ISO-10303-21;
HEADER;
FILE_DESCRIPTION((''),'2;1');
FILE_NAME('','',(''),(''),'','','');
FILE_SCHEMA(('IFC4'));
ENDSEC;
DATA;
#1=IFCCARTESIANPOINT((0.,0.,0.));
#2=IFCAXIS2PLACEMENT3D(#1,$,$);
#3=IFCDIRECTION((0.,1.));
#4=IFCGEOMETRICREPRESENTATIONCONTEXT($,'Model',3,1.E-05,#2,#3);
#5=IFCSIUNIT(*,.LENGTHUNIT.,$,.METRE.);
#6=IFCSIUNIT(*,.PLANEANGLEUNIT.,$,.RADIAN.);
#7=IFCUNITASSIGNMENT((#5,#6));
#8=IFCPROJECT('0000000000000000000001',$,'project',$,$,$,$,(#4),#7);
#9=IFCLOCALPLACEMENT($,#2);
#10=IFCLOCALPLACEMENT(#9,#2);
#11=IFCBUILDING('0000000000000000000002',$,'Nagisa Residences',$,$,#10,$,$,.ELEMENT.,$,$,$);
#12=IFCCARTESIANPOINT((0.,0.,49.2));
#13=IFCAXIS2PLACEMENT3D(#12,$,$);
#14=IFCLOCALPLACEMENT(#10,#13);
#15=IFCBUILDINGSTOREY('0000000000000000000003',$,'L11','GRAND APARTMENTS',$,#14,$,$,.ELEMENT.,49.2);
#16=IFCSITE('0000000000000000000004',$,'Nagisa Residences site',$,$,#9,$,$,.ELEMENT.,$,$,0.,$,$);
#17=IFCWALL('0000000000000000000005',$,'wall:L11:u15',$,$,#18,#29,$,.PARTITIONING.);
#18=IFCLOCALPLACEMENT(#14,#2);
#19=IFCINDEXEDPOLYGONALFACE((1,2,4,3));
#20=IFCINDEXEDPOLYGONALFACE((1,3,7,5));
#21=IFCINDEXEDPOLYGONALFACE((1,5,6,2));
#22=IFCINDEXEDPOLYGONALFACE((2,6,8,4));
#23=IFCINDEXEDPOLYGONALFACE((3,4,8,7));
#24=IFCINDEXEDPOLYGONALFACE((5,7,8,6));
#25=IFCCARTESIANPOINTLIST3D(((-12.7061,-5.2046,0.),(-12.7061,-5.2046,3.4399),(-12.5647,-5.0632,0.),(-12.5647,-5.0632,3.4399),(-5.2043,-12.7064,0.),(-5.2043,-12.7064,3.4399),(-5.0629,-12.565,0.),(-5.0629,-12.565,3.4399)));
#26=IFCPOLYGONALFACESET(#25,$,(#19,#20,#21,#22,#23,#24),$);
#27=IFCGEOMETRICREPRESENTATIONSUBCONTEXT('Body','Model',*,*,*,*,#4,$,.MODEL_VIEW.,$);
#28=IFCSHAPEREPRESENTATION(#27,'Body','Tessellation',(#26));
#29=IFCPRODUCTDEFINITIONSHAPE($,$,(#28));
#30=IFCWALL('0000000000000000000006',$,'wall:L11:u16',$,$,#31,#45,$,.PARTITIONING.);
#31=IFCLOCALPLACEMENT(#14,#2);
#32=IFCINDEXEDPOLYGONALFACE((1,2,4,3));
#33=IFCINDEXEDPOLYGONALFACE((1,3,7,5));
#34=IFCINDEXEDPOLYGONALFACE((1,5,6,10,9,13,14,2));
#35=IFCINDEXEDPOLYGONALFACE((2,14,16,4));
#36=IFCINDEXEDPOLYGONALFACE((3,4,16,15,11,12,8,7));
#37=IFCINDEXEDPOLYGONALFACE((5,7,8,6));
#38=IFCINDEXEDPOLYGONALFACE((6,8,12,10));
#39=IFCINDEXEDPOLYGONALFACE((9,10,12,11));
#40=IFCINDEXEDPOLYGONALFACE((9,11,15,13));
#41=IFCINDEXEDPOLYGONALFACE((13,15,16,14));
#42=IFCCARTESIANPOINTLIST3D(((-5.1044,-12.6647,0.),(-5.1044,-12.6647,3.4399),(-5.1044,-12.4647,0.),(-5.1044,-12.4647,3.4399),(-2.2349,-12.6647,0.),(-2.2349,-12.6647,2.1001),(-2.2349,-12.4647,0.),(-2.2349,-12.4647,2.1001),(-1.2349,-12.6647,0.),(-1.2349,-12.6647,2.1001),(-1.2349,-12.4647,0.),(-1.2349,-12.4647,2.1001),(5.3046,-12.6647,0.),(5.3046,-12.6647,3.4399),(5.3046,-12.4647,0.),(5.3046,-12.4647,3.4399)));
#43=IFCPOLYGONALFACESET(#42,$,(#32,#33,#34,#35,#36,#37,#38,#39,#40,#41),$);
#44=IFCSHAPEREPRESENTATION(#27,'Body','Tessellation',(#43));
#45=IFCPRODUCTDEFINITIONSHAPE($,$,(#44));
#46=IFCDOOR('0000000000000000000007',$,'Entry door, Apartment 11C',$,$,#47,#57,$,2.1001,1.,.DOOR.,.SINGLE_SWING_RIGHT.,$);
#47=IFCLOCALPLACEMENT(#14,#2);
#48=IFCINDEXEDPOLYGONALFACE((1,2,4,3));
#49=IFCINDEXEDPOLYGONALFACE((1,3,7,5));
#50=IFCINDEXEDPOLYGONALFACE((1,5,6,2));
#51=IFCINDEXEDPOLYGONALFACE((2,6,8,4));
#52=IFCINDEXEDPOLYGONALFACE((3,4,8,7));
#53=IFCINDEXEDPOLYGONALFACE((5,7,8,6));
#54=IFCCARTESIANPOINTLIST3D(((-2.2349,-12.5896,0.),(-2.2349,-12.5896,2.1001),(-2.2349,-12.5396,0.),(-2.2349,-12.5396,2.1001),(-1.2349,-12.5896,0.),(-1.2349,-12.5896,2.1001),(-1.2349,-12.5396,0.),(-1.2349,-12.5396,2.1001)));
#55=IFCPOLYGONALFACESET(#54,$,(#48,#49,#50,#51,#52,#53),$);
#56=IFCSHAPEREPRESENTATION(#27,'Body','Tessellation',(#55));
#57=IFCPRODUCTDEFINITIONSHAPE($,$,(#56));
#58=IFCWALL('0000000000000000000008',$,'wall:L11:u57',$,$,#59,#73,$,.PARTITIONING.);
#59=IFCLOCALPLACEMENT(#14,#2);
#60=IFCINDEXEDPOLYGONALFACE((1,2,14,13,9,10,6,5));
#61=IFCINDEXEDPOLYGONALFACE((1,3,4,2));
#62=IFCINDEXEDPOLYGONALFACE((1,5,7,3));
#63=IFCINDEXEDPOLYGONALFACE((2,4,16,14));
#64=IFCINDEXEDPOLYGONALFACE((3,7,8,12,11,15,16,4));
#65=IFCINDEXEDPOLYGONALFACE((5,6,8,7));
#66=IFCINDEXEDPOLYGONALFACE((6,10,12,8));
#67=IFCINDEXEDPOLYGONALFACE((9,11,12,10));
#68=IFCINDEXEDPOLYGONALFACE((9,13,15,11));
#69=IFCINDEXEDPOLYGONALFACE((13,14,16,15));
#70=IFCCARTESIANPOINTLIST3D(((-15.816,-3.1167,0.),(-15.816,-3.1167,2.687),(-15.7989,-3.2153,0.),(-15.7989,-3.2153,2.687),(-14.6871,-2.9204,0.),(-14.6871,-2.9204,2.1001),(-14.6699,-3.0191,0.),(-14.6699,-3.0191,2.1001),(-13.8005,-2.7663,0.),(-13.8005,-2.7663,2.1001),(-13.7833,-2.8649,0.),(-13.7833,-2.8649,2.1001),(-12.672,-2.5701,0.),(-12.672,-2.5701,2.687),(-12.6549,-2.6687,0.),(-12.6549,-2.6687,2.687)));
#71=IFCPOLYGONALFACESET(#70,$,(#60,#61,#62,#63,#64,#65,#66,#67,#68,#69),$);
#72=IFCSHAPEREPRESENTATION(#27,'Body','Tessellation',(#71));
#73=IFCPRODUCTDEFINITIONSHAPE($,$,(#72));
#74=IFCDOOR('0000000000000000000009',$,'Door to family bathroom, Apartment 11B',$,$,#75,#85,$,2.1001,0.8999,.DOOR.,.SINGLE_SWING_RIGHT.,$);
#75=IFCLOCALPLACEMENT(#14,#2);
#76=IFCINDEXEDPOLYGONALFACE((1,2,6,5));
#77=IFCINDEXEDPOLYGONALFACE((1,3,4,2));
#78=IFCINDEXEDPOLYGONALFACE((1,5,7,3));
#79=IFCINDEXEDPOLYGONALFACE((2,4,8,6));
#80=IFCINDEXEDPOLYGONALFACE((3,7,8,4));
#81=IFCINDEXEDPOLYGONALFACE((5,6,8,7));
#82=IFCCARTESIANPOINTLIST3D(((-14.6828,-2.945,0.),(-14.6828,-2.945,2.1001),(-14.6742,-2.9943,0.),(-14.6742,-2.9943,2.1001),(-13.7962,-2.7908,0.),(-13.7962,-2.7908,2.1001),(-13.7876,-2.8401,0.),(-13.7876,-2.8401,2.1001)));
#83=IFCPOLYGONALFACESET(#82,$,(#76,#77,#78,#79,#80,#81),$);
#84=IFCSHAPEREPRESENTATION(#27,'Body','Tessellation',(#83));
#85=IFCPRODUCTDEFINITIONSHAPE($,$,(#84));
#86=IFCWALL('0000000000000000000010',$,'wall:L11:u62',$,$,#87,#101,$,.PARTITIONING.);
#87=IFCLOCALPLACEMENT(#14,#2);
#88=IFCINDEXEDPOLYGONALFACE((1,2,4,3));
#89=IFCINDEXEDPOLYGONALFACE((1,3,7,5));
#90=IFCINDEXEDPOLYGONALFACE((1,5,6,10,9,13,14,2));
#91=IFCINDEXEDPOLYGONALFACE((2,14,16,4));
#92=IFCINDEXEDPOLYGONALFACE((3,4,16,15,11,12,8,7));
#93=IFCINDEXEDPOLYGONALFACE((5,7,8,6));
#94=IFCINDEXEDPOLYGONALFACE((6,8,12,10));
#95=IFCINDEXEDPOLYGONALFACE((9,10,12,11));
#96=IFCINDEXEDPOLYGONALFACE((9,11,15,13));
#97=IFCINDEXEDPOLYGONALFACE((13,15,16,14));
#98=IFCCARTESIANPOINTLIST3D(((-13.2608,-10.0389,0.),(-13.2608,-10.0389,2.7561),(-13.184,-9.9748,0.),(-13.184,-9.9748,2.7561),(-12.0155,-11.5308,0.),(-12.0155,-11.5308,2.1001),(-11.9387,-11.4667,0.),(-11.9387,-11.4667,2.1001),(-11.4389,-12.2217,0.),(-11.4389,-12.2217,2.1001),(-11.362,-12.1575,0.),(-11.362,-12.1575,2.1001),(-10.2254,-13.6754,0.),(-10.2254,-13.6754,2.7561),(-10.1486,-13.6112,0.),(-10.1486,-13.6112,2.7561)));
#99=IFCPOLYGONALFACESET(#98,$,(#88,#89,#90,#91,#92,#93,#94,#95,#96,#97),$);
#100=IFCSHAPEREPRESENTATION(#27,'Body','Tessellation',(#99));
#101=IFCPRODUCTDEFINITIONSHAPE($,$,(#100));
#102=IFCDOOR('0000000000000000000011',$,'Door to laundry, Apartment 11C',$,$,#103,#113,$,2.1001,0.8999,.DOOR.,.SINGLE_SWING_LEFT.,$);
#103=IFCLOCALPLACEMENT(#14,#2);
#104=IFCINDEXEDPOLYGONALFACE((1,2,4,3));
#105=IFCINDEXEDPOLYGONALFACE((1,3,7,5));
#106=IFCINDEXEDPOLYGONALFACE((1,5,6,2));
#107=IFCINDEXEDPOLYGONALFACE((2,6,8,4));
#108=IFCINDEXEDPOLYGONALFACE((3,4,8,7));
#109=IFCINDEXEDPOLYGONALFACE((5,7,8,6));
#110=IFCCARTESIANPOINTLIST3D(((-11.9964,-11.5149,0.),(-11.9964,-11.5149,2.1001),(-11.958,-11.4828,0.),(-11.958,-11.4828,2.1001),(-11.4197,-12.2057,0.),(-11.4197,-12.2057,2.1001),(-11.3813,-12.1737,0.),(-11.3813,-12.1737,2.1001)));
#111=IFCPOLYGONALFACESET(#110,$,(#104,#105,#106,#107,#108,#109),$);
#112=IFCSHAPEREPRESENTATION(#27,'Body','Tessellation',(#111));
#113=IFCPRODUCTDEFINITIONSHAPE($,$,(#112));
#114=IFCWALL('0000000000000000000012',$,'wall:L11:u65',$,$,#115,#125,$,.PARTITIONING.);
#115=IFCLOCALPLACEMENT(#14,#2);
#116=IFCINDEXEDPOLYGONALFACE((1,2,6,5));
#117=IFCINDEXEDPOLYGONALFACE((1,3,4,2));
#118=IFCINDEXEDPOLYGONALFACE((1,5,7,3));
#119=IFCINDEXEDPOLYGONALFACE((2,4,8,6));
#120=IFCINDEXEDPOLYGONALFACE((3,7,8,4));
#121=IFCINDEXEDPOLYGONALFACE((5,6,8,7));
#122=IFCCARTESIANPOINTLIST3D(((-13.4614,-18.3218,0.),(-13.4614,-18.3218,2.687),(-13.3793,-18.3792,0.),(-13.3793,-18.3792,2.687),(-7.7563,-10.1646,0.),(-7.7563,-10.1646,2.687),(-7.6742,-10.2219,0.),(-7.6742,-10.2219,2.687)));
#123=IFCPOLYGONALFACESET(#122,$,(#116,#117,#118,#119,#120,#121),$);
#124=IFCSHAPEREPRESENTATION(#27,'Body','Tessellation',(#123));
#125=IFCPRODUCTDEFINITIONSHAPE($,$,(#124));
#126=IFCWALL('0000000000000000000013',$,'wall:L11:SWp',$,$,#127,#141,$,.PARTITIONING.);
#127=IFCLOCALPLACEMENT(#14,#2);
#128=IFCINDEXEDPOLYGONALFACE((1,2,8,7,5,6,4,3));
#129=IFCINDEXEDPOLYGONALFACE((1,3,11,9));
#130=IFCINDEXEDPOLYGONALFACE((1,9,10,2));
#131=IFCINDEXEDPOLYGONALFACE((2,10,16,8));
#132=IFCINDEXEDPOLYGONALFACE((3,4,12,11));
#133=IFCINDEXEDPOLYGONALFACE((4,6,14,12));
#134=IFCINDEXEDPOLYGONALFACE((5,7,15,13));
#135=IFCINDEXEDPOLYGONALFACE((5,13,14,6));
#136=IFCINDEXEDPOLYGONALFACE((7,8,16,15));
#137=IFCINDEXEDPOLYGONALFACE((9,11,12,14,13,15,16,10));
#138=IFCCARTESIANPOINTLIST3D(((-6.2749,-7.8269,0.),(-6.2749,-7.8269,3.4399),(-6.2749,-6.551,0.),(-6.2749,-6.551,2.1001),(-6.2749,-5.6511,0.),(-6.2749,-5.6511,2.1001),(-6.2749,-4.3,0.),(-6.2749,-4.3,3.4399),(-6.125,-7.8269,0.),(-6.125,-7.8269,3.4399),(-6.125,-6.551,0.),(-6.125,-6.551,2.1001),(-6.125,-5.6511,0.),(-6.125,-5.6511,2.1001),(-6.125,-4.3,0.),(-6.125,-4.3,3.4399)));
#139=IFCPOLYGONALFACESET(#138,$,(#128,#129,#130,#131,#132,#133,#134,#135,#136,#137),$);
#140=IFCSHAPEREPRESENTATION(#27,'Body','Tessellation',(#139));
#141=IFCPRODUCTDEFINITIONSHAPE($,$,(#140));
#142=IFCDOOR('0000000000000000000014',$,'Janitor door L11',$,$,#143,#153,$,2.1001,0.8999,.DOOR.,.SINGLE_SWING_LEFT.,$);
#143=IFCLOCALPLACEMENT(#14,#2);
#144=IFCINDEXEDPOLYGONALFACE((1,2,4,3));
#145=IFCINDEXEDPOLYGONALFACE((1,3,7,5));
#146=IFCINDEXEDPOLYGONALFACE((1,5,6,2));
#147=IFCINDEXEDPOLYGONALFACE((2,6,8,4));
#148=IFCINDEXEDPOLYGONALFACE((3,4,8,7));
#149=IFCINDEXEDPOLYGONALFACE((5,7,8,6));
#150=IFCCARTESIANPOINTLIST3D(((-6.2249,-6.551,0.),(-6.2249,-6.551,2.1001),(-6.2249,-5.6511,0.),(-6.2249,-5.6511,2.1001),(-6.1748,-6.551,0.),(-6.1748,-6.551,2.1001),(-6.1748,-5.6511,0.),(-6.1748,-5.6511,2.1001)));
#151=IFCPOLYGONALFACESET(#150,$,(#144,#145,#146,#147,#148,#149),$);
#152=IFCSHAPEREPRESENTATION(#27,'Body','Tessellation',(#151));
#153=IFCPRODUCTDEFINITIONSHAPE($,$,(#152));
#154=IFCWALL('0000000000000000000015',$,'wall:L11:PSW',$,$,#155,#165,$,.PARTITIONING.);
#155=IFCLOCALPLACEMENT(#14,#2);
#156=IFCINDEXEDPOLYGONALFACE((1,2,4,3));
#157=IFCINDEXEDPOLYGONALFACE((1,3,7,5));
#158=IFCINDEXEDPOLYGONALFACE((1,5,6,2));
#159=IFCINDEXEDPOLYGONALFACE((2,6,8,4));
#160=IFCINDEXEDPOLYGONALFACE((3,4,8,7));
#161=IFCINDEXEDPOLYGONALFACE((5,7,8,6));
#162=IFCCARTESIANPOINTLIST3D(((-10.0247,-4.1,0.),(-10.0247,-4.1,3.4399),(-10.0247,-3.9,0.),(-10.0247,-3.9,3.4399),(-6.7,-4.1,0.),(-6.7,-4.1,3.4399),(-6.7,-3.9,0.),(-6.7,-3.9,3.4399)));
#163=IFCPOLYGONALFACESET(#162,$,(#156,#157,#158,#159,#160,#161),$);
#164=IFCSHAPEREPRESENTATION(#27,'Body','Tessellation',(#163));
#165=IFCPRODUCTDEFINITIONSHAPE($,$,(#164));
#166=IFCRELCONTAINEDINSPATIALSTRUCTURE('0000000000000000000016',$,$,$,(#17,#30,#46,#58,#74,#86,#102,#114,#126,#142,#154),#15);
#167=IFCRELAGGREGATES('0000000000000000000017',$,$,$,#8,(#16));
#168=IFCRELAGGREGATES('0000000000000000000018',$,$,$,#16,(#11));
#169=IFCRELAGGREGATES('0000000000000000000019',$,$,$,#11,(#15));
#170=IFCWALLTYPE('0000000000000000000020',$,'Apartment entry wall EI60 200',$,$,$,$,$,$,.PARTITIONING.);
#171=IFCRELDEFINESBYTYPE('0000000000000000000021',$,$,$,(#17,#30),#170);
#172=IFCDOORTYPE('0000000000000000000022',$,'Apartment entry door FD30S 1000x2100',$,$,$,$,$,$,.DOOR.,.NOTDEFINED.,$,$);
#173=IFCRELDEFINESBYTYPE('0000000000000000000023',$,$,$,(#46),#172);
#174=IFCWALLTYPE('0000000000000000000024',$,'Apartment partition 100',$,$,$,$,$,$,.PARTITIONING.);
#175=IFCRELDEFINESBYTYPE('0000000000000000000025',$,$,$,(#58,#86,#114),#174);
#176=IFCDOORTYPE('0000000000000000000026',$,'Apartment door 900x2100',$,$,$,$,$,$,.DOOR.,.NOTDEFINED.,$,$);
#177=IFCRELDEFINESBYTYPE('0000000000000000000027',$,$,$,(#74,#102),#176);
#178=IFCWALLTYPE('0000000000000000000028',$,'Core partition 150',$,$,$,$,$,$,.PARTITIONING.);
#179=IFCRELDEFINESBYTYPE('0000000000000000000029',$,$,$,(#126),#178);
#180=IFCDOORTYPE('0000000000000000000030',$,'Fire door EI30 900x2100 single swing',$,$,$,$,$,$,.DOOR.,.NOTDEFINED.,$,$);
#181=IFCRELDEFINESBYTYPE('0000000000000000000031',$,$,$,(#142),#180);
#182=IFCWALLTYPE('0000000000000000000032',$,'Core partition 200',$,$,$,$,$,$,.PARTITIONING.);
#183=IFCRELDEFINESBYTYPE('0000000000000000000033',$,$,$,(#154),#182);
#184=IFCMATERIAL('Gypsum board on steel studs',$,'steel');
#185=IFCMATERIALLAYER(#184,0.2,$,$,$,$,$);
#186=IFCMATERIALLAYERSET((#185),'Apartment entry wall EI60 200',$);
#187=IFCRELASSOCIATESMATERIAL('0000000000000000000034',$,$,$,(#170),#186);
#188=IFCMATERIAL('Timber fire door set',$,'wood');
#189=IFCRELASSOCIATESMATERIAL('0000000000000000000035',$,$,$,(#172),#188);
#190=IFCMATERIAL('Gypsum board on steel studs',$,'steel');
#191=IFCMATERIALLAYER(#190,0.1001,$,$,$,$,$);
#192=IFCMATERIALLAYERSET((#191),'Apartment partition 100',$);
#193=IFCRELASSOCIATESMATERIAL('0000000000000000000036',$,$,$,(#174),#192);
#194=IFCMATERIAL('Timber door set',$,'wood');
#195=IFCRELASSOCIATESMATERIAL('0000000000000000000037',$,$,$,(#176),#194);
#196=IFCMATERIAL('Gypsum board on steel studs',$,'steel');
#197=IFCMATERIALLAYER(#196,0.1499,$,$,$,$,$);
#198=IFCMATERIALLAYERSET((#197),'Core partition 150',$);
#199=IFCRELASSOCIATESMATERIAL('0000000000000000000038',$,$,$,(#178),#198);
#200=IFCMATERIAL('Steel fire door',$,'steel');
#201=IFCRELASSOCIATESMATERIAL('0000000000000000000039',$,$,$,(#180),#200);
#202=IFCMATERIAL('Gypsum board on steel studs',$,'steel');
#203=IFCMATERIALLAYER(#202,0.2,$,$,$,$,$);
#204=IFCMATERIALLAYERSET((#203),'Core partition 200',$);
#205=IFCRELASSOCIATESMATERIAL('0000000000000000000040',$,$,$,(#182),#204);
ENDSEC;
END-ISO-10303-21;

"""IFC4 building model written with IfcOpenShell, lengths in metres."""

from ifc_helpers import new_model, si_unit, direction, frame, frame_2d, origin, place, context, subcontext, project, spatial, rectangle, extrude, material, layer, layer_set, type_object, element, fill, save


model = new_model("IFC4")

# Units and contexts
model_context = context("Model", 3, precision=1e-05, world=origin(), true_north=direction((0.0, 1.0)))
body_context = subcontext(model_context, "Body", "Model", "MODEL_VIEW")
ifc_project = project(units=[si_unit("LENGTHUNIT", "METRE"), si_unit("PLANEANGLEUNIT", "RADIAN")], contexts=[model_context])

# Site, building, storey
site_placement = place(None, origin())
site = spatial("IfcSite", under=ifc_project, at=site_placement, Name="Nagisa Residences site", CompositionType="ELEMENT", RefElevation=0.0)
building_placement = place(site_placement, origin())
building = spatial("IfcBuilding", under=site, at=building_placement, Name="Nagisa Residences", CompositionType="ELEMENT")
storey_placement = place(building_placement, frame((0.0, 0.0, 49.2)))
storey = spatial("IfcBuildingStorey", under=building, at=storey_placement, Name="L11", Description="GRAND APARTMENTS", CompositionType="ELEMENT", Elevation=49.2)

# Wall
ifc_material_1 = material(Name="Gypsum board on steel studs", Category="steel")
ifc_layer_1 = layer(ifc_material_1, 0.2)
ifc_layer_set_1 = layer_set([ifc_layer_1], Name="Apartment entry wall EI60 200")
wall_type_1 = type_object("IfcWallType", Name="Apartment entry wall EI60 200", PredefinedType="PARTITIONING", material=ifc_layer_set_1)
wall_1_placement = place(storey_placement, frame((-12.6355, -5.1338, 0.0), z_axis=(0.0, 0.0, 1.0), x_axis=(0.707107, -0.707107, 0.0)))
element("IfcWall", 1, at=wall_1_placement, inside=storey, type_object=wall_type_1, Name="wall:L11:u15", PredefinedType="PARTITIONING", context=body_context, shape_type="SweptSolid", body=[
    extrude(rectangle(XDim=10.6091, YDim=0.2, at=frame_2d((5.3047, 0.0))), origin(), (0.0, 0.0, 1.0), 3.4399),
])

# Walls, openings, doors
wall_2_placement = place(storey_placement, frame((-5.1045, -12.5647, 0.0), z_axis=(0.0, 0.0, 1.0), x_axis=(1.0, 0.0, 0.0)))
wall_2 = element("IfcWall", 2, at=wall_2_placement, inside=storey, type_object=wall_type_1, Name="wall:L11:u16", PredefinedType="PARTITIONING", context=body_context, shape_type="SweptSolid", body=[
    extrude(rectangle(XDim=10.4089, YDim=0.2, at=frame_2d((5.2046, 0.0))), origin(), (0.0, 0.0, 1.0), 3.4399),
])
opening_1_placement = place(wall_2_placement, frame((2.8696, 0.0, 0.0)))
opening_1 = element("IfcOpeningElement", 3, at=opening_1_placement, cuts=wall_2, PredefinedType="OPENING", context=body_context, shape_type="SweptSolid", body=[
    extrude(rectangle(XDim=1.0, YDim=2.1001, at=frame_2d((0.5, 1.05))), frame((0.0, 0.1099, 0.0), z_axis=(0.0, -1.0, 0.0), x_axis=(1.0, 0.0, 0.0)), (0.0, 0.0, 1.0), 0.22),
])
ifc_material_2 = material(Name="Timber fire door set", Category="wood")
door_type_1 = type_object("IfcDoorType", Name="Apartment entry door FD30S 1000x2100", OperationType="NOTDEFINED", PredefinedType="DOOR", material=ifc_material_2)
door_1_placement = place(opening_1_placement, frame((1.0, 0.0, 0.0), x_axis=(-1.0, 0.0, 0.0)))
door_1 = element("IfcDoor", 4, at=door_1_placement, inside=storey, type_object=door_type_1, Name="Entry door, Apartment 11C", OperationType="SINGLE_SWING_RIGHT", OverallHeight=2.1001, OverallWidth=1.0, PredefinedType="DOOR", context=body_context, shape_type="SweptSolid", body=[
    extrude(rectangle(XDim=1.0, YDim=2.1001, at=frame_2d((0.5, 1.05))), frame((0.0, 0.0249, 0.0), z_axis=(0.0, -1.0, 0.0), x_axis=(1.0, 0.0, 0.0)), (0.0, 0.0, 1.0), 0.05),
])
fill(opening_1, door_1)
ifc_material_3 = material(Name="Gypsum board on steel studs", Category="steel")
ifc_layer_2 = layer(ifc_material_3, 0.1001)
ifc_layer_set_2 = layer_set([ifc_layer_2], Name="Apartment partition 100")
wall_type_2 = type_object("IfcWallType", Name="Apartment partition 100", PredefinedType="PARTITIONING", material=ifc_layer_set_2)
wall_3_placement = place(storey_placement, frame((-12.6633, -2.6194, 0.0), z_axis=(0.0, 0.0, 1.0), x_axis=(-0.98522, -0.171293, 0.0)))
wall_3 = element("IfcWall", 5, at=wall_3_placement, inside=storey, type_object=wall_type_2, Name="wall:L11:u57", PredefinedType="PARTITIONING", context=body_context, shape_type="SweptSolid", body=[
    extrude(rectangle(XDim=3.1912, YDim=0.1001, at=frame_2d((1.5957, 0.0))), origin(), (0.0, 0.0, 1.0), 2.687),
])
opening_2_placement = place(wall_3_placement, frame((1.1455, 0.0, 0.0)))
opening_2 = element("IfcOpeningElement", 6, at=opening_2_placement, cuts=wall_3, PredefinedType="OPENING", context=body_context, shape_type="SweptSolid", body=[
    extrude(rectangle(XDim=0.8999, YDim=2.1001, at=frame_2d((0.45, 1.05))), frame((0.0, 0.0601, 0.0), z_axis=(0.0, -1.0, 0.0), x_axis=(1.0, 0.0, 0.0)), (0.0, 0.0, 1.0), 0.1201),
])
ifc_material_4 = material(Name="Timber door set", Category="wood")
door_type_2 = type_object("IfcDoorType", Name="Apartment door 900x2100", OperationType="NOTDEFINED", PredefinedType="DOOR", material=ifc_material_4)
door_2_placement = place(opening_2_placement, origin())
door_2 = element("IfcDoor", 7, at=door_2_placement, inside=storey, type_object=door_type_2, Name="Door to family bathroom, Apartment 11B", OperationType="SINGLE_SWING_RIGHT", OverallHeight=2.1001, OverallWidth=0.8999, PredefinedType="DOOR", context=body_context, shape_type="SweptSolid", body=[
    extrude(rectangle(XDim=0.8999, YDim=2.1001, at=frame_2d((0.45, 1.05))), frame((0.0, 0.0249, 0.0), z_axis=(0.0, -1.0, 0.0), x_axis=(1.0, 0.0, 0.0)), (0.0, 0.0, 1.0), 0.05),
])
fill(opening_2, door_2)
wall_4_placement = place(storey_placement, frame((-13.2224, -10.0068, 0.0), z_axis=(0.0, 0.0, 1.0), x_axis=(0.640808, -0.767701, 0.0)))
wall_4 = element("IfcWall", 8, at=wall_4_placement, inside=storey, type_object=wall_type_2, Name="wall:L11:u62", PredefinedType="PARTITIONING", context=body_context, shape_type="SweptSolid", body=[
    extrude(rectangle(XDim=4.7368, YDim=0.1001, at=frame_2d((2.3684, 0.0))), origin(), (0.0, 0.0, 1.0), 2.7561),
])
opening_3_placement = place(wall_4_placement, frame((1.9434, 0.0, 0.0)))
opening_3 = element("IfcOpeningElement", 9, at=opening_3_placement, cuts=wall_4, PredefinedType="OPENING", context=body_context, shape_type="SweptSolid", body=[
    extrude(rectangle(XDim=0.8999, YDim=2.1001, at=frame_2d((0.45, 1.05))), frame((0.0, 0.0601, 0.0), z_axis=(0.0, -1.0, 0.0), x_axis=(1.0, 0.0, 0.0)), (0.0, 0.0, 1.0), 0.1201),
])
door_3_placement = place(opening_3_placement, origin())
door_3 = element("IfcDoor", 10, at=door_3_placement, inside=storey, type_object=door_type_2, Name="Door to laundry, Apartment 11C", OperationType="SINGLE_SWING_LEFT", OverallHeight=2.1001, OverallWidth=0.8999, PredefinedType="DOOR", context=body_context, shape_type="SweptSolid", body=[
    extrude(rectangle(XDim=0.8999, YDim=2.1001, at=frame_2d((0.45, 1.05))), frame((0.0, 0.0249, 0.0), z_axis=(0.0, -1.0, 0.0), x_axis=(1.0, 0.0, 0.0)), (0.0, 0.0, 1.0), 0.05),
])
fill(opening_3, door_3)

# Wall
wall_5_placement = place(storey_placement, frame((-7.7153, -10.1934, 0.0), z_axis=(0.0, 0.0, 1.0), x_axis=(-0.573127, -0.819467, 0.0)))
element("IfcWall", 11, at=wall_5_placement, inside=storey, type_object=wall_type_2, Name="wall:L11:u65", PredefinedType="PARTITIONING", context=body_context, shape_type="SweptSolid", body=[
    extrude(rectangle(XDim=9.9543, YDim=0.1001, at=frame_2d((4.9771, 0.0))), origin(), (0.0, 0.0, 1.0), 2.687),
])

# Wall, opening, door
ifc_material_5 = material(Name="Gypsum board on steel studs", Category="steel")
ifc_layer_3 = layer(ifc_material_5, 0.1499)
ifc_layer_set_3 = layer_set([ifc_layer_3], Name="Core partition 150")
wall_type_3 = type_object("IfcWallType", Name="Core partition 150", PredefinedType="PARTITIONING", material=ifc_layer_set_3)
wall_6_placement = place(storey_placement, frame((-6.2, -7.8269, 0.0), z_axis=(0.0, 0.0, 1.0), x_axis=(0.0, 1.0, 0.0)))
wall_6 = element("IfcWall", 12, at=wall_6_placement, inside=storey, type_object=wall_type_3, Name="wall:L11:SWp", PredefinedType="PARTITIONING", context=body_context, shape_type="SweptSolid", body=[
    extrude(rectangle(XDim=3.5269, YDim=0.1499, at=frame_2d((1.7634, 0.0))), origin(), (0.0, 0.0, 1.0), 3.4399),
])
opening_4_placement = place(wall_6_placement, frame((1.2759, 0.0, 0.0)))
opening_4 = element("IfcOpeningElement", 13, at=opening_4_placement, cuts=wall_6, PredefinedType="OPENING", context=body_context, shape_type="SweptSolid", body=[
    extrude(rectangle(XDim=0.8999, YDim=2.1001, at=frame_2d((0.45, 1.05))), frame((0.0, 0.085, 0.0), z_axis=(0.0, -1.0, 0.0), x_axis=(1.0, 0.0, 0.0)), (0.0, 0.0, 1.0), 0.1699),
])
ifc_material_6 = material(Name="Steel fire door", Category="steel")
door_type_3 = type_object("IfcDoorType", Name="Fire door EI30 900x2100 single swing", OperationType="NOTDEFINED", PredefinedType="DOOR", material=ifc_material_6)
door_4_placement = place(opening_4_placement, origin())
door_4 = element("IfcDoor", 14, at=door_4_placement, inside=storey, type_object=door_type_3, Name="Janitor door L11", OperationType="SINGLE_SWING_LEFT", OverallHeight=2.1001, OverallWidth=0.8999, PredefinedType="DOOR", context=body_context, shape_type="SweptSolid", body=[
    extrude(rectangle(XDim=0.8999, YDim=2.1001, at=frame_2d((0.45, 1.05))), frame((0.0, 0.0249, 0.0), z_axis=(0.0, -1.0, 0.0), x_axis=(1.0, 0.0, 0.0)), (0.0, 0.0, 1.0), 0.05),
])
fill(opening_4, door_4)

# Wall
ifc_material_7 = material(Name="Gypsum board on steel studs", Category="steel")
ifc_layer_4 = layer(ifc_material_7, 0.2)
ifc_layer_set_4 = layer_set([ifc_layer_4], Name="Core partition 200")
wall_type_4 = type_object("IfcWallType", Name="Core partition 200", PredefinedType="PARTITIONING", material=ifc_layer_set_4)
wall_7_placement = place(storey_placement, frame((-10.0247, -4.0, 0.0), z_axis=(0.0, 0.0, 1.0), x_axis=(1.0, 0.0, 0.0)))
element("IfcWall", 15, at=wall_7_placement, inside=storey, type_object=wall_type_4, Name="wall:L11:PSW", PredefinedType="PARTITIONING", context=body_context, shape_type="SweptSolid", body=[
    extrude(rectangle(XDim=3.3247, YDim=0.2, at=frame_2d((1.6624, 0.0))), origin(), (0.0, 0.0, 1.0), 3.4399),
])

save(model, "model.ifc")
